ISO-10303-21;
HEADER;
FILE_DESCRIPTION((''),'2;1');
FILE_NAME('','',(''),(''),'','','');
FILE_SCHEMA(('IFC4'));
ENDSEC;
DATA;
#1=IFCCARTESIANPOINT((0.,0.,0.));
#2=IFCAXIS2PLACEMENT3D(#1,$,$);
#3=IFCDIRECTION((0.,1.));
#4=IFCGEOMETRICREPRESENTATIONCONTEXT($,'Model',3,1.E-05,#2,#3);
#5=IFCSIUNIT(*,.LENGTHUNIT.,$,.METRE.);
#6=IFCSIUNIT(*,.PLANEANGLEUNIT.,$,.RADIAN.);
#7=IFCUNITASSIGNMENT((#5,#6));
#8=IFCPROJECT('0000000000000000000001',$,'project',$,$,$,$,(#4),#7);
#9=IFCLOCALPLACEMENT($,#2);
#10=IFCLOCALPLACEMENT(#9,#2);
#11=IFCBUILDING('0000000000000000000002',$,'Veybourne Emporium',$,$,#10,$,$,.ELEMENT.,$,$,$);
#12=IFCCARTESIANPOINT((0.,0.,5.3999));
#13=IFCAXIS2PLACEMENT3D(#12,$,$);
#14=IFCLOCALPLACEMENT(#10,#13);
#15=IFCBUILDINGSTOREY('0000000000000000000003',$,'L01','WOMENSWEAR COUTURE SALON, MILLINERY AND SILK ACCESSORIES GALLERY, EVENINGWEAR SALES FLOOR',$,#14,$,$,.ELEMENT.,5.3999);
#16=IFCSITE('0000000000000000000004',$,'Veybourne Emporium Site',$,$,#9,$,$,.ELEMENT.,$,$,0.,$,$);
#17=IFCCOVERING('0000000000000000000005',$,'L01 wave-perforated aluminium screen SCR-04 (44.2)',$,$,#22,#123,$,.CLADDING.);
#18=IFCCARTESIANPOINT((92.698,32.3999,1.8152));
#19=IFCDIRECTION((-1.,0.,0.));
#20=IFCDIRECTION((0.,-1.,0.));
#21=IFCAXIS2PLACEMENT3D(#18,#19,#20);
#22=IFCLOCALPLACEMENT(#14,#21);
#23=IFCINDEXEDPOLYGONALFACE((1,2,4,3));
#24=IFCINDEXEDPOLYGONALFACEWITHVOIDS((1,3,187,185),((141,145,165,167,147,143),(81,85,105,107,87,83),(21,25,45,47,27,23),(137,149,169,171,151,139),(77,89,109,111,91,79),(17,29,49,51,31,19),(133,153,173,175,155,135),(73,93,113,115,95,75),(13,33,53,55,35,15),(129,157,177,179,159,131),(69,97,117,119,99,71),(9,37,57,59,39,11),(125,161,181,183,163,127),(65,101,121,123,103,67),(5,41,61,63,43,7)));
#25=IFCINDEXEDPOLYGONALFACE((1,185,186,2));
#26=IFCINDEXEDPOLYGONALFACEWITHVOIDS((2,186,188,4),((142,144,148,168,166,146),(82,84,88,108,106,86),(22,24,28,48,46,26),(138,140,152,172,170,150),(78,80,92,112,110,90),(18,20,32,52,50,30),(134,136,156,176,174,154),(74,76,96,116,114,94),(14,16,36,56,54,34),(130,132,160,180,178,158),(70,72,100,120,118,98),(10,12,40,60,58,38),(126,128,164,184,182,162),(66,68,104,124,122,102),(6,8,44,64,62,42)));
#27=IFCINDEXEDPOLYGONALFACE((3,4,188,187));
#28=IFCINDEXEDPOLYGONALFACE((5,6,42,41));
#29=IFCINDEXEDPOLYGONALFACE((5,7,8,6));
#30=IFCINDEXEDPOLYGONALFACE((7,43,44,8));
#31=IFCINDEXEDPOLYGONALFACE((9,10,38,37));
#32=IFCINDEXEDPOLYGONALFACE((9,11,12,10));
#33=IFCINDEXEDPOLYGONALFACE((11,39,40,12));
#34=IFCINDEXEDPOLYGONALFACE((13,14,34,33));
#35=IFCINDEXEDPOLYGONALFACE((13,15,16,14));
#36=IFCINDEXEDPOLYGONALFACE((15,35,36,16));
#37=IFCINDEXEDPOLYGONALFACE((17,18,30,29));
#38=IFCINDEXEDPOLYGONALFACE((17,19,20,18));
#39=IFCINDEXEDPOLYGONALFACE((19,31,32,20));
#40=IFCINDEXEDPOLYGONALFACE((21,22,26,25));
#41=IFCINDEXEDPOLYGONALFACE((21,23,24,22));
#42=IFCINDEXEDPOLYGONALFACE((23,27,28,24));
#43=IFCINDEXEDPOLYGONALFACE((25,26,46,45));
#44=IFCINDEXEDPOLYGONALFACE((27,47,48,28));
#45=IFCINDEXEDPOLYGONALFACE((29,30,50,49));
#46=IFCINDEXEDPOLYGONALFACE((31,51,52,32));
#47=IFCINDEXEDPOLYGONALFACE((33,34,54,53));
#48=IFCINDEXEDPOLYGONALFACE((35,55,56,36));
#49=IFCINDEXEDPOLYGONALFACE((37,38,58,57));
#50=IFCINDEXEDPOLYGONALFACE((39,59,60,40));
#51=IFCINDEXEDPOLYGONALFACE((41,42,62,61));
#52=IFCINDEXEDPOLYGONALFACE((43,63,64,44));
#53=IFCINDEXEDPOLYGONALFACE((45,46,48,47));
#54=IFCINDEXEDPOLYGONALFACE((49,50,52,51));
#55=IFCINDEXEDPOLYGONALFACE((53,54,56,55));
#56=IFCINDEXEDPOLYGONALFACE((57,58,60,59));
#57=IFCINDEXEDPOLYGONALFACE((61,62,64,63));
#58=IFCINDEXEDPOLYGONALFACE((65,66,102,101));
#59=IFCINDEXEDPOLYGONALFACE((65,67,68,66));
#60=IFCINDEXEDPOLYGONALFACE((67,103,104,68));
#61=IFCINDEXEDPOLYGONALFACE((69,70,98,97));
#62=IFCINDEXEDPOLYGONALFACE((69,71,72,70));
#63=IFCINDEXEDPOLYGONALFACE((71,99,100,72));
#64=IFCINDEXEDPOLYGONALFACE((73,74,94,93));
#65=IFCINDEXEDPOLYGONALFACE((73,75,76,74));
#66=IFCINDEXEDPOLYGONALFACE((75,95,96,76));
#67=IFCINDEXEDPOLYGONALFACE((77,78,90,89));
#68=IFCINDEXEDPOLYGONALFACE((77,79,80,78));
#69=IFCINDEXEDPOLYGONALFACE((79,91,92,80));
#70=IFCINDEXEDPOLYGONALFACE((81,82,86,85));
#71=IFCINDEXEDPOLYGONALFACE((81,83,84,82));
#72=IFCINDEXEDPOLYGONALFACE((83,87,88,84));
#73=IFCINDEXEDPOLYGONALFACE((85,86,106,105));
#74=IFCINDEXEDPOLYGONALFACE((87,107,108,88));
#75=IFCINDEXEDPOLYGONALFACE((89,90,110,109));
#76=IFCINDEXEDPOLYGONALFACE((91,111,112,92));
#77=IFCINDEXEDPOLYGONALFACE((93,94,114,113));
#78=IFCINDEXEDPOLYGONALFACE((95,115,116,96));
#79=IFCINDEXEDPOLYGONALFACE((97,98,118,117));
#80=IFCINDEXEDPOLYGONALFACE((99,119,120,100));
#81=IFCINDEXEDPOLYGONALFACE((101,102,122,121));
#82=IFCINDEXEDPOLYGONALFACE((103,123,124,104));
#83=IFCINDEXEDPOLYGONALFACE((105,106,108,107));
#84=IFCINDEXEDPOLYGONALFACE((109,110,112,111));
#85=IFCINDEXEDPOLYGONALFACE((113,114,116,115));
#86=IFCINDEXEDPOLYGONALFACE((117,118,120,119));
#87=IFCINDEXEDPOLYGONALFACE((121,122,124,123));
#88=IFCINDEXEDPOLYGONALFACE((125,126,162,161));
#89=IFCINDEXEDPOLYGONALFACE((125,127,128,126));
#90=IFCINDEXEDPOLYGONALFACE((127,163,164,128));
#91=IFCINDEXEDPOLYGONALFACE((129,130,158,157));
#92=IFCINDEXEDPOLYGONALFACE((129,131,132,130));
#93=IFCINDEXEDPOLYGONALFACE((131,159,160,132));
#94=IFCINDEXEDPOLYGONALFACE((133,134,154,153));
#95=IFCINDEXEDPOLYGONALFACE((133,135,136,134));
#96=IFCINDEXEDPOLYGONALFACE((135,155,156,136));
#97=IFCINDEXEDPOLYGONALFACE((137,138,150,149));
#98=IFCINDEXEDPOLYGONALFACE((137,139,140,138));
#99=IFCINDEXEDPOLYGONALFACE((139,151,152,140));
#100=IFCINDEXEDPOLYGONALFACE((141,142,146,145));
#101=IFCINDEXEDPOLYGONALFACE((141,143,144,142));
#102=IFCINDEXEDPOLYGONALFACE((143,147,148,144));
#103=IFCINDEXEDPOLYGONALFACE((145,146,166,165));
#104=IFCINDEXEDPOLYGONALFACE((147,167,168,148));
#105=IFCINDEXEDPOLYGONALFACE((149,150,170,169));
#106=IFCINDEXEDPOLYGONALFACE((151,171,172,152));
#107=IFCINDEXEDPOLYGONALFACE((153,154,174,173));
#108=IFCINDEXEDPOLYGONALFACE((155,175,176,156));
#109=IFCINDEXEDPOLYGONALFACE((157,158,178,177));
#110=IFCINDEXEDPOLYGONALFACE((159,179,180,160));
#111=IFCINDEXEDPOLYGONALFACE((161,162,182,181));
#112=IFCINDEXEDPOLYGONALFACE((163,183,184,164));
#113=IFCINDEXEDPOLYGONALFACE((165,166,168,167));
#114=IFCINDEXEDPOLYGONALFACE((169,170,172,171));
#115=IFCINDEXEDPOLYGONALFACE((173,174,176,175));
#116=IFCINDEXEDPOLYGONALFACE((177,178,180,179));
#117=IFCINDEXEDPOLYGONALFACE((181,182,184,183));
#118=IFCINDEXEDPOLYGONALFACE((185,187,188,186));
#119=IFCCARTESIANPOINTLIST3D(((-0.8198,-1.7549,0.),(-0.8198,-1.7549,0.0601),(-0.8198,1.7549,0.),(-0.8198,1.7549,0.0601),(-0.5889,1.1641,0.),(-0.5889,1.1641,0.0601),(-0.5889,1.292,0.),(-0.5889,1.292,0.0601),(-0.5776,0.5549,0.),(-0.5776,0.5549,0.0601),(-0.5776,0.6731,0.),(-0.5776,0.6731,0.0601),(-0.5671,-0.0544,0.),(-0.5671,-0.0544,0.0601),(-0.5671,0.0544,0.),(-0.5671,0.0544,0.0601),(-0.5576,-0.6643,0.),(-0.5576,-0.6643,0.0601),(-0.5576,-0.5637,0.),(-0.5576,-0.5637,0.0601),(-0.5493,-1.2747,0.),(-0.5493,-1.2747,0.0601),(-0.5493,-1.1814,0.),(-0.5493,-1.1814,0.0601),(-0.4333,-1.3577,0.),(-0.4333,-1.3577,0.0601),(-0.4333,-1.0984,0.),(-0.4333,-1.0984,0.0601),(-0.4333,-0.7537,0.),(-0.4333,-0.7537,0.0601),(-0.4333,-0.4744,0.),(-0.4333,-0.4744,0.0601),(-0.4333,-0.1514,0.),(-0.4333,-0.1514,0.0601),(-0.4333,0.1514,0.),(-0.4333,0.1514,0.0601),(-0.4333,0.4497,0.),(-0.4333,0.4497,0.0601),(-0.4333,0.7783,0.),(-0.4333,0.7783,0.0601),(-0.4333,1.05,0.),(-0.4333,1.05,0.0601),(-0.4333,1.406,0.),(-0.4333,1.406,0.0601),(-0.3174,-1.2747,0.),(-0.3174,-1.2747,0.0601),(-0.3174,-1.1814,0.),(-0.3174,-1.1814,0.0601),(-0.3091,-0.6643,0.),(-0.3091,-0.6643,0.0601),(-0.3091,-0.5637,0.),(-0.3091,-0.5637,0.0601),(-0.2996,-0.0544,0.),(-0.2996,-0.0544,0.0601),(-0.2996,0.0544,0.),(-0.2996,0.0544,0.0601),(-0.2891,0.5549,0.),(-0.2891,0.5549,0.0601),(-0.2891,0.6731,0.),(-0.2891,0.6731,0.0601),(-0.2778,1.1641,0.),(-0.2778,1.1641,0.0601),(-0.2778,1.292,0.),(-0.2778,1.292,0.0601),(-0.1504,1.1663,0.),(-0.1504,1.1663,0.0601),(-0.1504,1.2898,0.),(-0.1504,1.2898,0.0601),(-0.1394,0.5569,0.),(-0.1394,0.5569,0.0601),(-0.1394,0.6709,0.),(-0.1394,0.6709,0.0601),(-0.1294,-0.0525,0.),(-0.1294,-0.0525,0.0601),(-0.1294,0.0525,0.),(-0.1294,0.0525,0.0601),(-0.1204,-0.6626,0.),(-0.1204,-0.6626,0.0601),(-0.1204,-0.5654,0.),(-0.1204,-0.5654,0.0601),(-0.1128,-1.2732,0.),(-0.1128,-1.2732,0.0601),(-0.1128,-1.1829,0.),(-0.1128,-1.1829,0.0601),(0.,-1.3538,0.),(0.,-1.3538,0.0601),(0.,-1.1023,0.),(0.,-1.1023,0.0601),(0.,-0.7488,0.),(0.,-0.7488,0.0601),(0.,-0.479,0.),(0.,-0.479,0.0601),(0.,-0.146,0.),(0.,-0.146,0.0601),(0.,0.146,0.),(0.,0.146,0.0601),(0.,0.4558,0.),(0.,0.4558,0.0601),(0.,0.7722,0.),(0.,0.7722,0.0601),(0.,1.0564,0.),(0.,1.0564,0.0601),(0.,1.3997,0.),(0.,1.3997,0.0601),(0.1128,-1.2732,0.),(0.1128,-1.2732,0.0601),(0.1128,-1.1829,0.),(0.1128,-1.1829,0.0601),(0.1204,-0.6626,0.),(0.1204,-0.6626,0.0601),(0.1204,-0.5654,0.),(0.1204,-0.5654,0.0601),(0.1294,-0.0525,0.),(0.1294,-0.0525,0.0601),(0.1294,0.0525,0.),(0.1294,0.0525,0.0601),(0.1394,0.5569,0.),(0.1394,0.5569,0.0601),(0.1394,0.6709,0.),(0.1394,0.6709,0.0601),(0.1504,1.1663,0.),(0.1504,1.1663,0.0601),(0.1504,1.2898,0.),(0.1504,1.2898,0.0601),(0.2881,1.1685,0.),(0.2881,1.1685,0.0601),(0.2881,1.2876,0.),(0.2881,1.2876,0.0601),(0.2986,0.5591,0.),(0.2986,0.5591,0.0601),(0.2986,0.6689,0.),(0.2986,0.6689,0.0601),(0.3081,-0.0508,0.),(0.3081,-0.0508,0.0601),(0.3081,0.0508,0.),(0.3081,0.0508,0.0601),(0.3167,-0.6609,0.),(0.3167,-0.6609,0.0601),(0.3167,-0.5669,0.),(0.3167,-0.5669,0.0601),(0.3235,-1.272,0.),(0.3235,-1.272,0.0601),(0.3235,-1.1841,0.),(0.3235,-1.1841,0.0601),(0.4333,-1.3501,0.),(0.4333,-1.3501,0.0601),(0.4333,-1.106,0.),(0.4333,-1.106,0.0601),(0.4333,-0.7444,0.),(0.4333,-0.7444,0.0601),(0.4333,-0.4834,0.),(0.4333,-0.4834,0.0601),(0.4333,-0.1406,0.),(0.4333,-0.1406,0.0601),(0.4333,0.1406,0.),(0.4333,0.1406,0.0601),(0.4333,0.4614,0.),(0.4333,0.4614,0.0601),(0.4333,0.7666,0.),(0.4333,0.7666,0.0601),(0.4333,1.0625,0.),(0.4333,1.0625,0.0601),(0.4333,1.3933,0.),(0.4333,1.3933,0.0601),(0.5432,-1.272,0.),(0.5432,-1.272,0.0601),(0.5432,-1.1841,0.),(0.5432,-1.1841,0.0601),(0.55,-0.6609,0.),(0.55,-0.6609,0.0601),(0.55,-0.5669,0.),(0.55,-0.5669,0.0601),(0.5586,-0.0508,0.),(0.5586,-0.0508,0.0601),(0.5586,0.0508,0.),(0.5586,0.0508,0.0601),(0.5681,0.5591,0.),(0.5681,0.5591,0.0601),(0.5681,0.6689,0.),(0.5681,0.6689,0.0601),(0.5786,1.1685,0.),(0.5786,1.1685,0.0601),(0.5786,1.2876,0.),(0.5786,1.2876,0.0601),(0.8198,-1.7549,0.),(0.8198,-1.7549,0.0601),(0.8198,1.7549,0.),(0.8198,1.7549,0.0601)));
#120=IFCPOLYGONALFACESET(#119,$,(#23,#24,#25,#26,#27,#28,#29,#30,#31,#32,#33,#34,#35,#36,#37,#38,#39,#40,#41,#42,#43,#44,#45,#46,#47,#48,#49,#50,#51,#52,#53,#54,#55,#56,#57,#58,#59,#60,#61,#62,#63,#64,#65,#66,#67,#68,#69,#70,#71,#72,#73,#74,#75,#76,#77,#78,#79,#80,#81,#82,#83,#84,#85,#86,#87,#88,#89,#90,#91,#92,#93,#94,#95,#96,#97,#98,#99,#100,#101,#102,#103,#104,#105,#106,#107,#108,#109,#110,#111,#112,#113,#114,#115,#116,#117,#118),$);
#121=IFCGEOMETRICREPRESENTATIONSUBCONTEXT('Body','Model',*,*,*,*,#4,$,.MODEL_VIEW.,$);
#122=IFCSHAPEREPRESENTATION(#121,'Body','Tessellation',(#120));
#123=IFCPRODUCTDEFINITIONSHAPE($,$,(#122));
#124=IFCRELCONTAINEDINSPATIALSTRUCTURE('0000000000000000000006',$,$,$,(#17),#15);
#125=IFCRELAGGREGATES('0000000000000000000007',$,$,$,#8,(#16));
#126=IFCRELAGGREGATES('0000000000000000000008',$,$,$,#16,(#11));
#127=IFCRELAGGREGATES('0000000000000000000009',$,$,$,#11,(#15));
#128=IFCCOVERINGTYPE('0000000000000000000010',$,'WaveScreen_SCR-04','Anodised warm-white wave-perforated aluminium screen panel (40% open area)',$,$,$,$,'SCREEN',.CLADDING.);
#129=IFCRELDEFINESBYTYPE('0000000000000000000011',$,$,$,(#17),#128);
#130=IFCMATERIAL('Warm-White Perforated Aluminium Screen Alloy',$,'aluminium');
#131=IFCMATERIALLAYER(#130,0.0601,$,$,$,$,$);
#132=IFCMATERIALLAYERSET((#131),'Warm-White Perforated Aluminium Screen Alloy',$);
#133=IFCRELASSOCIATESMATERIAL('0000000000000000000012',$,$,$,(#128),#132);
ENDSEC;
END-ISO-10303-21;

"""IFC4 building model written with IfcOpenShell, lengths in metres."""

from ifc_helpers import new_model, si_unit, direction, frame, origin, place, context, subcontext, project, spatial, polyline, outline, extrude, material, layer, layer_set, type_object, element, save


model = new_model("IFC4")

# Units and contexts
model_context = context("Model", 3, precision=1e-05, world=origin(), true_north=direction((0.0, 1.0)))
body_context = subcontext(model_context, "Body", "Model", "MODEL_VIEW")
ifc_project = project(units=[si_unit("LENGTHUNIT", "METRE"), si_unit("PLANEANGLEUNIT", "RADIAN")], contexts=[model_context])

# Site, building, storey
site_placement = place(None, origin())
site = spatial("IfcSite", under=ifc_project, at=site_placement, Name="Veybourne Emporium Site", CompositionType="ELEMENT", RefElevation=0.0)
building_placement = place(site_placement, origin())
building = spatial("IfcBuilding", under=site, at=building_placement, Name="Veybourne Emporium", CompositionType="ELEMENT")
storey_placement = place(building_placement, frame((0.0, 0.0, 5.3999)))
storey = spatial("IfcBuildingStorey", under=building, at=storey_placement, Name="L01", Description="WOMENSWEAR COUTURE SALON, MILLINERY AND SILK ACCESSORIES GALLERY, EVENINGWEAR SALES FLOOR", CompositionType="ELEMENT", Elevation=5.3999)

# Covering
ifc_material_1 = material(Name="Warm-White Perforated Aluminium Screen Alloy", Category="aluminium")
ifc_layer_1 = layer(ifc_material_1, 0.0601)
ifc_layer_set_1 = layer_set([ifc_layer_1], Name="Warm-White Perforated Aluminium Screen Alloy")
covering_type_1 = type_object("IfcCoveringType", Name="WaveScreen_SCR-04", Description="Anodised warm-white wave-perforated aluminium screen panel (40% open area)", ElementType="SCREEN", PredefinedType="CLADDING", material=ifc_layer_set_1)
covering_1_placement = place(storey_placement, frame((92.698, 32.3999, 1.8152), z_axis=(-1.0, 0.0, 0.0), x_axis=(0.0, -1.0, 0.0)))
element("IfcCovering", 1, at=covering_1_placement, inside=storey, type_object=covering_type_1, Name="L01 wave-perforated aluminium screen SCR-04 (44.2)", PredefinedType="CLADDING", context=body_context, shape_type="SweptSolid", body=[
    extrude(outline(polyline([(-0.8198, -1.7549), (0.8198, -1.7549), (0.8198, 1.7549), (-0.8198, 1.7549), (-0.8198, -1.7549)]), holes=[polyline([(-0.4333, -1.0984), (-0.3174, -1.1814), (-0.3174, -1.2747), (-0.4333, -1.3577), (-0.5493, -1.2747), (-0.5493, -1.1814), (-0.4333, -1.0984)]), polyline([(-0.4333, -0.4744), (-0.3091, -0.5637), (-0.3091, -0.6643), (-0.4333, -0.7537), (-0.5576, -0.6643), (-0.5576, -0.5637), (-0.4333, -0.4744)]), polyline([(-0.4333, 0.1514), (-0.2996, 0.0544), (-0.2996, -0.0544), (-0.4333, -0.1514), (-0.5671, -0.0544), (-0.5671, 0.0544), (-0.4333, 0.1514)]), polyline([(-0.4333, 0.7783), (-0.2891, 0.6731), (-0.2891, 0.5549), (-0.4333, 0.4497), (-0.5776, 0.5549), (-0.5776, 0.6731), (-0.4333, 0.7783)]), polyline([(-0.4333, 1.406), (-0.2778, 1.292), (-0.2778, 1.1641), (-0.4333, 1.05), (-0.5889, 1.1641), (-0.5889, 1.292), (-0.4333, 1.406)]), polyline([(0.0, -1.1023), (0.1128, -1.1829), (0.1128, -1.2732), (0.0, -1.3538), (-0.1128, -1.2732), (-0.1128, -1.1829), (0.0, -1.1023)]), polyline([(0.0, -0.479), (0.1204, -0.5654), (0.1204, -0.6626), (0.0, -0.7488), (-0.1204, -0.6626), (-0.1204, -0.5654), (0.0, -0.479)]), polyline([(0.0, 0.146), (0.1294, 0.0525), (0.1294, -0.0525), (0.0, -0.146), (-0.1294, -0.0525), (-0.1294, 0.0525), (0.0, 0.146)]), polyline([(0.0, 0.7722), (0.1394, 0.6709), (0.1394, 0.5569), (0.0, 0.4558), (-0.1394, 0.5569), (-0.1394, 0.6709), (0.0, 0.7722)]), polyline([(0.0, 1.3997), (0.1504, 1.2898), (0.1504, 1.1663), (0.0, 1.0564), (-0.1504, 1.1663), (-0.1504, 1.2898), (0.0, 1.3997)]), polyline([(0.4333, -1.106), (0.5432, -1.1841), (0.5432, -1.272), (0.4333, -1.3501), (0.3235, -1.272), (0.3235, -1.1841), (0.4333, -1.106)]), polyline([(0.4333, -0.4834), (0.55, -0.5669), (0.55, -0.6609), (0.4333, -0.7444), (0.3167, -0.6609), (0.3167, -0.5669), (0.4333, -0.4834)]), polyline([(0.4333, 0.1406), (0.5586, 0.0508), (0.5586, -0.0508), (0.4333, -0.1406), (0.3081, -0.0508), (0.3081, 0.0508), (0.4333, 0.1406)]), polyline([(0.4333, 0.7666), (0.5681, 0.6689), (0.5681, 0.5591), (0.4333, 0.4614), (0.2986, 0.5591), (0.2986, 0.6689), (0.4333, 0.7666)]), polyline([(0.4333, 1.3933), (0.5786, 1.2876), (0.5786, 1.1685), (0.4333, 1.0625), (0.2881, 1.1685), (0.2881, 1.2876), (0.4333, 1.3933)])]), origin(), (0.0, 0.0, 1.0), 0.0601),
])

save(model, "model.ifc")
